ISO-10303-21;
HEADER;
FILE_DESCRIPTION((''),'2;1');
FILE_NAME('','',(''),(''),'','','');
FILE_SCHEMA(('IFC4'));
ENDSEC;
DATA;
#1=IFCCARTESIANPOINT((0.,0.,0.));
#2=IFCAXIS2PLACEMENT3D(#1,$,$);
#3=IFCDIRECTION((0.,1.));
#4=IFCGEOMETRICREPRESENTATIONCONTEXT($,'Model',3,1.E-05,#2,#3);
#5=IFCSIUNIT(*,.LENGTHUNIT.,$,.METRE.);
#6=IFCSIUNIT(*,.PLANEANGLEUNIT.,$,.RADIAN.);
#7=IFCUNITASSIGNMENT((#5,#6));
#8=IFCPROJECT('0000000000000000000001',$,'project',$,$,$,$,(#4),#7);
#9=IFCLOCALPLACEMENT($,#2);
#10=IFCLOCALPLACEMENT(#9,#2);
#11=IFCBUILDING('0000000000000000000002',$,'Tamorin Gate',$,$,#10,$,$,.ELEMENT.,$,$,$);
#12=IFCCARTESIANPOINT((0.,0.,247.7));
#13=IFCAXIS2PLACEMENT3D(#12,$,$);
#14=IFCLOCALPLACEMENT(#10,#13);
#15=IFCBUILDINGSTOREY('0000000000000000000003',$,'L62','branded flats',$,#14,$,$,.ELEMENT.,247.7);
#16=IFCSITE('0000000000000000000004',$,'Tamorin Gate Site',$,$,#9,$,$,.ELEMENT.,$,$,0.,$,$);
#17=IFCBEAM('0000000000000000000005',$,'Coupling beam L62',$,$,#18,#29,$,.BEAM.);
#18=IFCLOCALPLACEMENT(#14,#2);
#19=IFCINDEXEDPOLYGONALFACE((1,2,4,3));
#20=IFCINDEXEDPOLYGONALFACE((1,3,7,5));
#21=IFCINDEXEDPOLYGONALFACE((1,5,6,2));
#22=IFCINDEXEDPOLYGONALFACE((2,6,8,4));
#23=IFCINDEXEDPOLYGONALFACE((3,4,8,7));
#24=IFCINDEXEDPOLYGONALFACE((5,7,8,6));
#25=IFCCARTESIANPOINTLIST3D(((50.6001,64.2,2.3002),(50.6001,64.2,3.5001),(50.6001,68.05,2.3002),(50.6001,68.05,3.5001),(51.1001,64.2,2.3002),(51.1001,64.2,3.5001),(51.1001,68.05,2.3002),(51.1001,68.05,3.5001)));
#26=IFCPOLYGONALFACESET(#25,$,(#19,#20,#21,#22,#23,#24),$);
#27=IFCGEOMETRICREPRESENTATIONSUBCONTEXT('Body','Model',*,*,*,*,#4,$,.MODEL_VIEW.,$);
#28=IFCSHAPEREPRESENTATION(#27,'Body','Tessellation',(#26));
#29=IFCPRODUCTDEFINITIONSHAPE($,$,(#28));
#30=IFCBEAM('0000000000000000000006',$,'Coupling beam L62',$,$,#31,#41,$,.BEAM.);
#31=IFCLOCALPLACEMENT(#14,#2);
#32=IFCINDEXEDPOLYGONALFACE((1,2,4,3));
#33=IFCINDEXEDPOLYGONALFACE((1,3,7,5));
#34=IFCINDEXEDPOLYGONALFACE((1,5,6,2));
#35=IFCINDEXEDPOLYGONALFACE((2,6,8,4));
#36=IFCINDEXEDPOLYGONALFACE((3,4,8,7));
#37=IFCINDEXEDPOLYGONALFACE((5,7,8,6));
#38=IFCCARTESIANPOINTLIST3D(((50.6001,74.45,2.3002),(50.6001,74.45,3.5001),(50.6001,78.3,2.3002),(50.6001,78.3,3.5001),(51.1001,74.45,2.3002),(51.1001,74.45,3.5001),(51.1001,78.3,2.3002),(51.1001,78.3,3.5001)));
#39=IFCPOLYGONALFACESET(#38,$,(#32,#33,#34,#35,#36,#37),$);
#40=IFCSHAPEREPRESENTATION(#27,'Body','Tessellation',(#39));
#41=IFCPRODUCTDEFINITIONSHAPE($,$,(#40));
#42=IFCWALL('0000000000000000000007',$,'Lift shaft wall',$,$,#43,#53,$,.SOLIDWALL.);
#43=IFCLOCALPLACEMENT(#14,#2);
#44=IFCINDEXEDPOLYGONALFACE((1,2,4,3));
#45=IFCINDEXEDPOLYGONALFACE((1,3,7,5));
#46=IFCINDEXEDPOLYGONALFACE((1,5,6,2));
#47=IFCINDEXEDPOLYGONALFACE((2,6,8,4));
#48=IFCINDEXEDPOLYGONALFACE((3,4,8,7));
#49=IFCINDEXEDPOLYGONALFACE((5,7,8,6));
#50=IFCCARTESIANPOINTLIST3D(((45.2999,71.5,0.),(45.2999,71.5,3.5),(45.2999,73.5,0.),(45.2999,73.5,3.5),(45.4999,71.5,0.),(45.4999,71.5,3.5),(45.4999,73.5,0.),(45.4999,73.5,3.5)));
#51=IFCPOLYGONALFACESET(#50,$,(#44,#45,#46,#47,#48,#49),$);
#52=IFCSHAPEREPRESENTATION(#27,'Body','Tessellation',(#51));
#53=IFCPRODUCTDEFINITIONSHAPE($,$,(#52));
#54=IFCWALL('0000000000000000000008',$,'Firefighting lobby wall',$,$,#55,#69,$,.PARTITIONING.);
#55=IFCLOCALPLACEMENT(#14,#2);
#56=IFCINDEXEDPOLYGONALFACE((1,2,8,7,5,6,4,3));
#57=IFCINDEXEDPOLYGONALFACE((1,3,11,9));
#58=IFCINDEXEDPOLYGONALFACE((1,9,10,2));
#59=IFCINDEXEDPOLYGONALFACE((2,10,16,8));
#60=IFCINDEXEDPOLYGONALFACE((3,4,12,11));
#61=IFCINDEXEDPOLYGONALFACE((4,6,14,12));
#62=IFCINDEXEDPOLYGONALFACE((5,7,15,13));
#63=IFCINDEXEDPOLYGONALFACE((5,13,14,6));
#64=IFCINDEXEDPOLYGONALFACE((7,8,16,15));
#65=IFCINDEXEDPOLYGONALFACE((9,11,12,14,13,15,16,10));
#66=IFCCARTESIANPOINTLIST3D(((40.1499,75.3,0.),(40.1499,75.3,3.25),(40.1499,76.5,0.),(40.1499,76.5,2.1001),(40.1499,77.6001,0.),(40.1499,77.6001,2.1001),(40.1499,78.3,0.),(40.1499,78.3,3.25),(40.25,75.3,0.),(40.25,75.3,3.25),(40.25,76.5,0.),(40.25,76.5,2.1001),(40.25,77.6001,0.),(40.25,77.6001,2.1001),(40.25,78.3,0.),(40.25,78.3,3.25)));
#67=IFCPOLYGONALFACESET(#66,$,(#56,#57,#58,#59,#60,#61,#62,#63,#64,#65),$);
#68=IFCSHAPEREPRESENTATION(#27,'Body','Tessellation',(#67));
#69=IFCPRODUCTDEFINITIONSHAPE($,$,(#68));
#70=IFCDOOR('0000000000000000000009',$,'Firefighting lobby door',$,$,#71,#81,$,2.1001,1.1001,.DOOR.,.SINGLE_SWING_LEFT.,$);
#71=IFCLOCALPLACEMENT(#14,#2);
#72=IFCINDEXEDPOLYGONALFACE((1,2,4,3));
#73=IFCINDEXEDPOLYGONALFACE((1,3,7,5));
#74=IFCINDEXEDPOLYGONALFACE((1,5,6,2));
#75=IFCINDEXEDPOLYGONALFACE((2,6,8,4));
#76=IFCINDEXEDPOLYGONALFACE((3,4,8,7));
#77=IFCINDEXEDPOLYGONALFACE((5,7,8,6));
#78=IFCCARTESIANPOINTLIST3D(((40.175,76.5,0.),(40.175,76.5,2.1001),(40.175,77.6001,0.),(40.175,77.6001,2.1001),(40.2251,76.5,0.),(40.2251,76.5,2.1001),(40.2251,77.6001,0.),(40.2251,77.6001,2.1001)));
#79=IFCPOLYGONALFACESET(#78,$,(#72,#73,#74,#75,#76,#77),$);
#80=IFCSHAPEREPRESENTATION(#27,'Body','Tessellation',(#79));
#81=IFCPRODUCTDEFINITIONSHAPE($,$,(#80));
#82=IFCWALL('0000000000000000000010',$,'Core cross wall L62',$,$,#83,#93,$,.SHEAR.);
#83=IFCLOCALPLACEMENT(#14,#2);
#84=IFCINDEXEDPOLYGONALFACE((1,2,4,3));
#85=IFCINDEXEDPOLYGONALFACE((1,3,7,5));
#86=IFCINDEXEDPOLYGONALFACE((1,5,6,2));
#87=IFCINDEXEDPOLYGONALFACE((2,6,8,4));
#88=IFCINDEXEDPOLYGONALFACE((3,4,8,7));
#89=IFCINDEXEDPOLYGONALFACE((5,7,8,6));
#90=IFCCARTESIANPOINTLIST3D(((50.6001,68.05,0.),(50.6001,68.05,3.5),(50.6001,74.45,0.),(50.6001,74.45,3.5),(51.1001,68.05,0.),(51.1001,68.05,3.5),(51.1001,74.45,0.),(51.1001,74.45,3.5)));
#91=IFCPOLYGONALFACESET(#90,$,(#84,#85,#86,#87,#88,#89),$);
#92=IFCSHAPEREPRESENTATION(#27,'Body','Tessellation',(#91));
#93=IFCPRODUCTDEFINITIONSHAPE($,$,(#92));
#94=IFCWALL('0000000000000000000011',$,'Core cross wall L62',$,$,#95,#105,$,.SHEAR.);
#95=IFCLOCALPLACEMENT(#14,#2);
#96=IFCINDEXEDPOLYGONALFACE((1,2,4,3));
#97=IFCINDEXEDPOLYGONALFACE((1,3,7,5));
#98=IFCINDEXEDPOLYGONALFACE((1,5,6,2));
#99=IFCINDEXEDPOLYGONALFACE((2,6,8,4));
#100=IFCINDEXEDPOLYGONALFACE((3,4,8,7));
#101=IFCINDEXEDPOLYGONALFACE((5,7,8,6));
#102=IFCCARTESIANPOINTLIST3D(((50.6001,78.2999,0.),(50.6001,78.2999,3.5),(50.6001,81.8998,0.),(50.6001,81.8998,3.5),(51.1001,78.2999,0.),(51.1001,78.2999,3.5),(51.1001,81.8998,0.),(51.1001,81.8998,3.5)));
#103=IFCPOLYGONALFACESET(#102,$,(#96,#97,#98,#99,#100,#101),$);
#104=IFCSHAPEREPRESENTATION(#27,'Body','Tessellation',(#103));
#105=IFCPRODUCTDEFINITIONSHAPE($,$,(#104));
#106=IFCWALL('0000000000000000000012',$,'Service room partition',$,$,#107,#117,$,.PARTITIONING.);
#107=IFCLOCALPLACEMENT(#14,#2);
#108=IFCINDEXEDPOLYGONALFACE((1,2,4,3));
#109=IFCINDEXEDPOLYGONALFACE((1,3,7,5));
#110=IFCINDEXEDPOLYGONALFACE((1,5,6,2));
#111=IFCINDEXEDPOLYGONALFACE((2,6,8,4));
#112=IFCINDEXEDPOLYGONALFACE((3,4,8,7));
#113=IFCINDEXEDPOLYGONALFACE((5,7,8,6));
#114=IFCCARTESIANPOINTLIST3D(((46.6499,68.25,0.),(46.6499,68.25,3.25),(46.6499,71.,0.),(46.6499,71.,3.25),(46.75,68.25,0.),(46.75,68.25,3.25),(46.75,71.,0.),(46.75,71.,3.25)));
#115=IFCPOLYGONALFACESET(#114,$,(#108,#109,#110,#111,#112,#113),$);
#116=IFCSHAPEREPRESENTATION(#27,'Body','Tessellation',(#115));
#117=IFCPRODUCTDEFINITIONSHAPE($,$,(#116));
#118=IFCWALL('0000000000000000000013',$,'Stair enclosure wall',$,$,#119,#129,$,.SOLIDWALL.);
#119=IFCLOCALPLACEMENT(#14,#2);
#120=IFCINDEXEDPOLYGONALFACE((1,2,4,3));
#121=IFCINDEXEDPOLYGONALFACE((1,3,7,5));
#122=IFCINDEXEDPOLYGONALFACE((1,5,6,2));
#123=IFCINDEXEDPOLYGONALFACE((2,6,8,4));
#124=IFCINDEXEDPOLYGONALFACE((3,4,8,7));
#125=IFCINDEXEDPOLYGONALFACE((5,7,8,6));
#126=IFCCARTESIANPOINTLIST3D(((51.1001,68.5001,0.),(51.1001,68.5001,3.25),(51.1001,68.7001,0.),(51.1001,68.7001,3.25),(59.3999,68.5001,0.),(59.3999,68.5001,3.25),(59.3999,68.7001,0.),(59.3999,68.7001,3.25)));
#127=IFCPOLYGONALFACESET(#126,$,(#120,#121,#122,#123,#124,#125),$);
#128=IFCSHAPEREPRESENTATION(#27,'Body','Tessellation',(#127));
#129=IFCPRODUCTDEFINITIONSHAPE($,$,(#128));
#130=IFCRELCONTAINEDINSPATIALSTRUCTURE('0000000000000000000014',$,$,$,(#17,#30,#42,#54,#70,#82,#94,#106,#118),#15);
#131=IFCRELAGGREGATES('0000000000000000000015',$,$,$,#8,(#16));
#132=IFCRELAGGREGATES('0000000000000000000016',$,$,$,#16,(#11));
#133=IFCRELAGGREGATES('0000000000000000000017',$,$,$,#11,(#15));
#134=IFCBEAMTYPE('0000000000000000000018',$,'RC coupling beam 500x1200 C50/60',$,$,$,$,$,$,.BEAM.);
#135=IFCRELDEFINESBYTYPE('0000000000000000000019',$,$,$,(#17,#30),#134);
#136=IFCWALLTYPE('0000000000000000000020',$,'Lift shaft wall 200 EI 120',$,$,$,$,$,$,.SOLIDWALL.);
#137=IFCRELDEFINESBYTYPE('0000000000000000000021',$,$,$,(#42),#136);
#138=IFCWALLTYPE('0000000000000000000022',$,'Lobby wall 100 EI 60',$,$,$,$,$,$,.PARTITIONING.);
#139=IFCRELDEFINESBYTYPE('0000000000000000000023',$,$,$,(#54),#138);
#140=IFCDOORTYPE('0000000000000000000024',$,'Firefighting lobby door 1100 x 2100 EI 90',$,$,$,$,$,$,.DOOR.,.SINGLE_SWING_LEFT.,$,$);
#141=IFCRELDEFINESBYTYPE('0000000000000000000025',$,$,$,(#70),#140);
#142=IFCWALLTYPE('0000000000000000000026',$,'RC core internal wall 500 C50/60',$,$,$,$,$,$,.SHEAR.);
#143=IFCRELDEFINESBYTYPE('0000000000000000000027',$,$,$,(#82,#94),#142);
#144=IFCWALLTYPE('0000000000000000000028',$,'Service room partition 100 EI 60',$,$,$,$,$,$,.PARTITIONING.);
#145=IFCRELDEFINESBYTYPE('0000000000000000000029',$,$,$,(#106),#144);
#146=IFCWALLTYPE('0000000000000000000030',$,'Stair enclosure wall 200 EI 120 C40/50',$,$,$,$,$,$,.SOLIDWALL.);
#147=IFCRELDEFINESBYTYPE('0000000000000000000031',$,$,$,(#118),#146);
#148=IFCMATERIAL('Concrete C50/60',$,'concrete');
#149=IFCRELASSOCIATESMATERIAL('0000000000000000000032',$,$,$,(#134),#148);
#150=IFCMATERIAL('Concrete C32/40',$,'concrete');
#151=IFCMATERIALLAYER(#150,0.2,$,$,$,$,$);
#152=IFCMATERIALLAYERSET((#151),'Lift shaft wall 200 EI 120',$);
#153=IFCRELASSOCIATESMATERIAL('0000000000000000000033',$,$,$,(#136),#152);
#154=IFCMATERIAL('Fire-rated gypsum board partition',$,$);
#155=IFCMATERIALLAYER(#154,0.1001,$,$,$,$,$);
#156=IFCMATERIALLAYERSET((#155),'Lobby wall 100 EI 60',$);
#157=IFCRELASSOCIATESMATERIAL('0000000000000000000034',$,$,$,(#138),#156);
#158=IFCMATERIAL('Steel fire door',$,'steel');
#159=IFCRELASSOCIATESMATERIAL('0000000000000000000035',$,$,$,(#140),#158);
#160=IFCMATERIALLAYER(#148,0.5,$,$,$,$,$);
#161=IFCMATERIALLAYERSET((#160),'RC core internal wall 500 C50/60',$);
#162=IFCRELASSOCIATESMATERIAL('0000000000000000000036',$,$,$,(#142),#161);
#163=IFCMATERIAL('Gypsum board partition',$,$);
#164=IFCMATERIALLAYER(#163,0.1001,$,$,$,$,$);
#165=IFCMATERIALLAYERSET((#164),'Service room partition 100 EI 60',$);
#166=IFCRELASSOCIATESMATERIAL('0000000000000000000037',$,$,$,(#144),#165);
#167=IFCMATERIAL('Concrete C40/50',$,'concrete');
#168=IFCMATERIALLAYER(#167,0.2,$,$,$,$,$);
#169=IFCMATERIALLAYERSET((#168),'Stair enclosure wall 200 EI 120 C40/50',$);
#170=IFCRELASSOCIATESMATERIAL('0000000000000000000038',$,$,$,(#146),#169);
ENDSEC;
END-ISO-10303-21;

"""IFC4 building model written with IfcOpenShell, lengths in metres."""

from ifc_helpers import new_model, si_unit, direction, frame, frame_2d, origin, origin_2d, place, context, subcontext, project, spatial, rectangle, extrude, material, layer, layer_set, material_profile, profile_set, type_object, element, fill, save


model = new_model("IFC4")

# Units and contexts
model_context = context("Model", 3, precision=1e-05, world=origin(), true_north=direction((0.0, 1.0)))
body_context = subcontext(model_context, "Body", "Model", "MODEL_VIEW")
ifc_project = project(units=[si_unit("LENGTHUNIT", "METRE"), si_unit("PLANEANGLEUNIT", "RADIAN")], contexts=[model_context])

# Site, building, storey
site_placement = place(None, origin())
site = spatial("IfcSite", under=ifc_project, at=site_placement, Name="Tamorin Gate Site", CompositionType="ELEMENT", RefElevation=0.0)
building_placement = place(site_placement, origin())
building = spatial("IfcBuilding", under=site, at=building_placement, Name="Tamorin Gate", CompositionType="ELEMENT")
storey_placement = place(building_placement, frame((0.0, 0.0, 247.7)))
storey = spatial("IfcBuildingStorey", under=building, at=storey_placement, Name="L62", Description="branded flats", CompositionType="ELEMENT", Elevation=247.7)

# Beams
ifc_material_1 = material(Name="Concrete C50/60", Category="concrete")
ifc_material_profile = material_profile(ifc_material_1, rectangle(XDim=0.5, YDim=1.2, at=origin_2d()), Name="RC 500x1200")
ifc_profile_set = profile_set([ifc_material_profile], Name="Concrete C50/60")
beam_type = type_object("IfcBeamType", Name="RC coupling beam 500x1200 C50/60", PredefinedType="BEAM", material=ifc_profile_set)
for number, where, z_axis, x_axis, name in (
    (1, (50.8501, 64.2, 2.9001), (0.0, 1.0, 0.0), (-1.0, 0.0, 0.0), "Coupling beam L62"),
    (2, (50.8501, 74.45, 2.9001), (0.0, 1.0, 0.0), (-1.0, 0.0, 0.0), "Coupling beam L62"),
):
    element("IfcBeam", number, at=place(storey_placement, frame(where, z_axis=z_axis, x_axis=x_axis)), inside=storey, type_object=beam_type, Name=name, PredefinedType="BEAM", context=body_context, shape_type="SweptSolid", body=[
        extrude(rectangle(XDim=0.5, YDim=1.2, at=origin_2d()), origin(), (0.0, 0.0, 1.0), 3.8501),
    ])

# Wall
ifc_material_2 = material(Name="Concrete C32/40", Category="concrete")
ifc_layer_1 = layer(ifc_material_2, 0.2)
ifc_layer_set_1 = layer_set([ifc_layer_1], Name="Lift shaft wall 200 EI 120")
wall_type_1 = type_object("IfcWallType", Name="Lift shaft wall 200 EI 120", PredefinedType="SOLIDWALL", material=ifc_layer_set_1)
wall_1_placement = place(storey_placement, frame((45.3999, 71.5, 0.0), z_axis=(0.0, 0.0, 1.0), x_axis=(0.0, 1.0, 0.0)))
element("IfcWall", 3, at=wall_1_placement, inside=storey, type_object=wall_type_1, Name="Lift shaft wall", PredefinedType="SOLIDWALL", context=body_context, shape_type="SweptSolid", body=[
    extrude(rectangle(XDim=2.0, YDim=0.2, at=frame_2d((1.0, 0.0))), origin(), (0.0, 0.0, 1.0), 3.5),
])

# Wall, opening, door
ifc_material_3 = material(Name="Fire-rated gypsum board partition")
ifc_layer_2 = layer(ifc_material_3, 0.1001)
ifc_layer_set_2 = layer_set([ifc_layer_2], Name="Lobby wall 100 EI 60")
wall_type_2 = type_object("IfcWallType", Name="Lobby wall 100 EI 60", PredefinedType="PARTITIONING", material=ifc_layer_set_2)
wall_2_placement = place(storey_placement, frame((40.2, 75.3, 0.0), z_axis=(0.0, 0.0, 1.0), x_axis=(0.0, 1.0, 0.0)))
wall_2 = element("IfcWall", 4, at=wall_2_placement, inside=storey, type_object=wall_type_2, Name="Firefighting lobby wall", PredefinedType="PARTITIONING", context=body_context, shape_type="SweptSolid", body=[
    extrude(rectangle(XDim=3.0, YDim=0.1001, at=frame_2d((1.5, 0.0))), origin(), (0.0, 0.0, 1.0), 3.25),
])
opening_placement = place(wall_2_placement, frame((1.2, 0.0, 0.0)))
opening = element("IfcOpeningElement", 5, at=opening_placement, cuts=wall_2, PredefinedType="OPENING", context=body_context, shape_type="SweptSolid", body=[
    extrude(rectangle(XDim=1.1001, YDim=2.1001, at=frame_2d((0.55, 1.05))), frame((0.0, 0.0601, 0.0), z_axis=(0.0, -1.0, 0.0), x_axis=(1.0, 0.0, 0.0)), (0.0, 0.0, 1.0), 0.1201),
])
ifc_material_4 = material(Name="Steel fire door", Category="steel")
door_type = type_object("IfcDoorType", Name="Firefighting lobby door 1100 x 2100 EI 90", OperationType="SINGLE_SWING_LEFT", PredefinedType="DOOR", material=ifc_material_4)
door_placement = place(opening_placement, origin())
door = element("IfcDoor", 6, at=door_placement, inside=storey, type_object=door_type, Name="Firefighting lobby door", OperationType="SINGLE_SWING_LEFT", OverallHeight=2.1001, OverallWidth=1.1001, PredefinedType="DOOR", context=body_context, shape_type="SweptSolid", body=[
    extrude(rectangle(XDim=1.1001, YDim=2.1001, at=frame_2d((0.55, 1.05))), frame((0.0, 0.0249, 0.0), z_axis=(0.0, -1.0, 0.0), x_axis=(1.0, 0.0, 0.0)), (0.0, 0.0, 1.0), 0.05),
])
fill(opening, door)

# Walls
ifc_layer_3 = layer(ifc_material_1, 0.5)
ifc_layer_set_3 = layer_set([ifc_layer_3], Name="RC core internal wall 500 C50/60")
wall_type_3 = type_object("IfcWallType", Name="RC core internal wall 500 C50/60", PredefinedType="SHEAR", material=ifc_layer_set_3)
wall_3_placement = place(storey_placement, frame((50.8501, 68.05, 0.0), z_axis=(0.0, 0.0, 1.0), x_axis=(0.0, 1.0, 0.0)))
element("IfcWall", 7, at=wall_3_placement, inside=storey, type_object=wall_type_3, Name="Core cross wall L62", PredefinedType="SHEAR", context=body_context, shape_type="SweptSolid", body=[
    extrude(rectangle(XDim=6.3999, YDim=0.5, at=frame_2d((3.2, 0.0))), origin(), (0.0, 0.0, 1.0), 3.5),
])
wall_4_placement = place(storey_placement, frame((50.8501, 78.3, 0.0), z_axis=(0.0, 0.0, 1.0), x_axis=(0.0, 1.0, 0.0)))
element("IfcWall", 8, at=wall_4_placement, inside=storey, type_object=wall_type_3, Name="Core cross wall L62", PredefinedType="SHEAR", context=body_context, shape_type="SweptSolid", body=[
    extrude(rectangle(XDim=3.5999, YDim=0.5, at=frame_2d((1.7998, 0.0))), origin(), (0.0, 0.0, 1.0), 3.5),
])
ifc_material_5 = material(Name="Gypsum board partition")
ifc_layer_4 = layer(ifc_material_5, 0.1001)
ifc_layer_set_4 = layer_set([ifc_layer_4], Name="Service room partition 100 EI 60")
wall_type_4 = type_object("IfcWallType", Name="Service room partition 100 EI 60", PredefinedType="PARTITIONING", material=ifc_layer_set_4)
wall_5_placement = place(storey_placement, frame((46.7, 68.25, 0.0), z_axis=(0.0, 0.0, 1.0), x_axis=(0.0, 1.0, 0.0)))
element("IfcWall", 9, at=wall_5_placement, inside=storey, type_object=wall_type_4, Name="Service room partition", PredefinedType="PARTITIONING", context=body_context, shape_type="SweptSolid", body=[
    extrude(rectangle(XDim=2.75, YDim=0.1001, at=frame_2d((1.375, 0.0))), origin(), (0.0, 0.0, 1.0), 3.25),
])
ifc_material_6 = material(Name="Concrete C40/50", Category="concrete")
ifc_layer_5 = layer(ifc_material_6, 0.2)
ifc_layer_set_5 = layer_set([ifc_layer_5], Name="Stair enclosure wall 200 EI 120 C40/50")
wall_type_5 = type_object("IfcWallType", Name="Stair enclosure wall 200 EI 120 C40/50", PredefinedType="SOLIDWALL", material=ifc_layer_set_5)
wall_6_placement = place(storey_placement, frame((51.1001, 68.6001, 0.0), z_axis=(0.0, 0.0, 1.0), x_axis=(1.0, 0.0, 0.0)))
element("IfcWall", 10, at=wall_6_placement, inside=storey, type_object=wall_type_5, Name="Stair enclosure wall", PredefinedType="SOLIDWALL", context=body_context, shape_type="SweptSolid", body=[
    extrude(rectangle(XDim=8.2998, YDim=0.2, at=frame_2d((4.1499, 0.0))), origin(), (0.0, 0.0, 1.0), 3.25),
])

save(model, "model.ifc")
